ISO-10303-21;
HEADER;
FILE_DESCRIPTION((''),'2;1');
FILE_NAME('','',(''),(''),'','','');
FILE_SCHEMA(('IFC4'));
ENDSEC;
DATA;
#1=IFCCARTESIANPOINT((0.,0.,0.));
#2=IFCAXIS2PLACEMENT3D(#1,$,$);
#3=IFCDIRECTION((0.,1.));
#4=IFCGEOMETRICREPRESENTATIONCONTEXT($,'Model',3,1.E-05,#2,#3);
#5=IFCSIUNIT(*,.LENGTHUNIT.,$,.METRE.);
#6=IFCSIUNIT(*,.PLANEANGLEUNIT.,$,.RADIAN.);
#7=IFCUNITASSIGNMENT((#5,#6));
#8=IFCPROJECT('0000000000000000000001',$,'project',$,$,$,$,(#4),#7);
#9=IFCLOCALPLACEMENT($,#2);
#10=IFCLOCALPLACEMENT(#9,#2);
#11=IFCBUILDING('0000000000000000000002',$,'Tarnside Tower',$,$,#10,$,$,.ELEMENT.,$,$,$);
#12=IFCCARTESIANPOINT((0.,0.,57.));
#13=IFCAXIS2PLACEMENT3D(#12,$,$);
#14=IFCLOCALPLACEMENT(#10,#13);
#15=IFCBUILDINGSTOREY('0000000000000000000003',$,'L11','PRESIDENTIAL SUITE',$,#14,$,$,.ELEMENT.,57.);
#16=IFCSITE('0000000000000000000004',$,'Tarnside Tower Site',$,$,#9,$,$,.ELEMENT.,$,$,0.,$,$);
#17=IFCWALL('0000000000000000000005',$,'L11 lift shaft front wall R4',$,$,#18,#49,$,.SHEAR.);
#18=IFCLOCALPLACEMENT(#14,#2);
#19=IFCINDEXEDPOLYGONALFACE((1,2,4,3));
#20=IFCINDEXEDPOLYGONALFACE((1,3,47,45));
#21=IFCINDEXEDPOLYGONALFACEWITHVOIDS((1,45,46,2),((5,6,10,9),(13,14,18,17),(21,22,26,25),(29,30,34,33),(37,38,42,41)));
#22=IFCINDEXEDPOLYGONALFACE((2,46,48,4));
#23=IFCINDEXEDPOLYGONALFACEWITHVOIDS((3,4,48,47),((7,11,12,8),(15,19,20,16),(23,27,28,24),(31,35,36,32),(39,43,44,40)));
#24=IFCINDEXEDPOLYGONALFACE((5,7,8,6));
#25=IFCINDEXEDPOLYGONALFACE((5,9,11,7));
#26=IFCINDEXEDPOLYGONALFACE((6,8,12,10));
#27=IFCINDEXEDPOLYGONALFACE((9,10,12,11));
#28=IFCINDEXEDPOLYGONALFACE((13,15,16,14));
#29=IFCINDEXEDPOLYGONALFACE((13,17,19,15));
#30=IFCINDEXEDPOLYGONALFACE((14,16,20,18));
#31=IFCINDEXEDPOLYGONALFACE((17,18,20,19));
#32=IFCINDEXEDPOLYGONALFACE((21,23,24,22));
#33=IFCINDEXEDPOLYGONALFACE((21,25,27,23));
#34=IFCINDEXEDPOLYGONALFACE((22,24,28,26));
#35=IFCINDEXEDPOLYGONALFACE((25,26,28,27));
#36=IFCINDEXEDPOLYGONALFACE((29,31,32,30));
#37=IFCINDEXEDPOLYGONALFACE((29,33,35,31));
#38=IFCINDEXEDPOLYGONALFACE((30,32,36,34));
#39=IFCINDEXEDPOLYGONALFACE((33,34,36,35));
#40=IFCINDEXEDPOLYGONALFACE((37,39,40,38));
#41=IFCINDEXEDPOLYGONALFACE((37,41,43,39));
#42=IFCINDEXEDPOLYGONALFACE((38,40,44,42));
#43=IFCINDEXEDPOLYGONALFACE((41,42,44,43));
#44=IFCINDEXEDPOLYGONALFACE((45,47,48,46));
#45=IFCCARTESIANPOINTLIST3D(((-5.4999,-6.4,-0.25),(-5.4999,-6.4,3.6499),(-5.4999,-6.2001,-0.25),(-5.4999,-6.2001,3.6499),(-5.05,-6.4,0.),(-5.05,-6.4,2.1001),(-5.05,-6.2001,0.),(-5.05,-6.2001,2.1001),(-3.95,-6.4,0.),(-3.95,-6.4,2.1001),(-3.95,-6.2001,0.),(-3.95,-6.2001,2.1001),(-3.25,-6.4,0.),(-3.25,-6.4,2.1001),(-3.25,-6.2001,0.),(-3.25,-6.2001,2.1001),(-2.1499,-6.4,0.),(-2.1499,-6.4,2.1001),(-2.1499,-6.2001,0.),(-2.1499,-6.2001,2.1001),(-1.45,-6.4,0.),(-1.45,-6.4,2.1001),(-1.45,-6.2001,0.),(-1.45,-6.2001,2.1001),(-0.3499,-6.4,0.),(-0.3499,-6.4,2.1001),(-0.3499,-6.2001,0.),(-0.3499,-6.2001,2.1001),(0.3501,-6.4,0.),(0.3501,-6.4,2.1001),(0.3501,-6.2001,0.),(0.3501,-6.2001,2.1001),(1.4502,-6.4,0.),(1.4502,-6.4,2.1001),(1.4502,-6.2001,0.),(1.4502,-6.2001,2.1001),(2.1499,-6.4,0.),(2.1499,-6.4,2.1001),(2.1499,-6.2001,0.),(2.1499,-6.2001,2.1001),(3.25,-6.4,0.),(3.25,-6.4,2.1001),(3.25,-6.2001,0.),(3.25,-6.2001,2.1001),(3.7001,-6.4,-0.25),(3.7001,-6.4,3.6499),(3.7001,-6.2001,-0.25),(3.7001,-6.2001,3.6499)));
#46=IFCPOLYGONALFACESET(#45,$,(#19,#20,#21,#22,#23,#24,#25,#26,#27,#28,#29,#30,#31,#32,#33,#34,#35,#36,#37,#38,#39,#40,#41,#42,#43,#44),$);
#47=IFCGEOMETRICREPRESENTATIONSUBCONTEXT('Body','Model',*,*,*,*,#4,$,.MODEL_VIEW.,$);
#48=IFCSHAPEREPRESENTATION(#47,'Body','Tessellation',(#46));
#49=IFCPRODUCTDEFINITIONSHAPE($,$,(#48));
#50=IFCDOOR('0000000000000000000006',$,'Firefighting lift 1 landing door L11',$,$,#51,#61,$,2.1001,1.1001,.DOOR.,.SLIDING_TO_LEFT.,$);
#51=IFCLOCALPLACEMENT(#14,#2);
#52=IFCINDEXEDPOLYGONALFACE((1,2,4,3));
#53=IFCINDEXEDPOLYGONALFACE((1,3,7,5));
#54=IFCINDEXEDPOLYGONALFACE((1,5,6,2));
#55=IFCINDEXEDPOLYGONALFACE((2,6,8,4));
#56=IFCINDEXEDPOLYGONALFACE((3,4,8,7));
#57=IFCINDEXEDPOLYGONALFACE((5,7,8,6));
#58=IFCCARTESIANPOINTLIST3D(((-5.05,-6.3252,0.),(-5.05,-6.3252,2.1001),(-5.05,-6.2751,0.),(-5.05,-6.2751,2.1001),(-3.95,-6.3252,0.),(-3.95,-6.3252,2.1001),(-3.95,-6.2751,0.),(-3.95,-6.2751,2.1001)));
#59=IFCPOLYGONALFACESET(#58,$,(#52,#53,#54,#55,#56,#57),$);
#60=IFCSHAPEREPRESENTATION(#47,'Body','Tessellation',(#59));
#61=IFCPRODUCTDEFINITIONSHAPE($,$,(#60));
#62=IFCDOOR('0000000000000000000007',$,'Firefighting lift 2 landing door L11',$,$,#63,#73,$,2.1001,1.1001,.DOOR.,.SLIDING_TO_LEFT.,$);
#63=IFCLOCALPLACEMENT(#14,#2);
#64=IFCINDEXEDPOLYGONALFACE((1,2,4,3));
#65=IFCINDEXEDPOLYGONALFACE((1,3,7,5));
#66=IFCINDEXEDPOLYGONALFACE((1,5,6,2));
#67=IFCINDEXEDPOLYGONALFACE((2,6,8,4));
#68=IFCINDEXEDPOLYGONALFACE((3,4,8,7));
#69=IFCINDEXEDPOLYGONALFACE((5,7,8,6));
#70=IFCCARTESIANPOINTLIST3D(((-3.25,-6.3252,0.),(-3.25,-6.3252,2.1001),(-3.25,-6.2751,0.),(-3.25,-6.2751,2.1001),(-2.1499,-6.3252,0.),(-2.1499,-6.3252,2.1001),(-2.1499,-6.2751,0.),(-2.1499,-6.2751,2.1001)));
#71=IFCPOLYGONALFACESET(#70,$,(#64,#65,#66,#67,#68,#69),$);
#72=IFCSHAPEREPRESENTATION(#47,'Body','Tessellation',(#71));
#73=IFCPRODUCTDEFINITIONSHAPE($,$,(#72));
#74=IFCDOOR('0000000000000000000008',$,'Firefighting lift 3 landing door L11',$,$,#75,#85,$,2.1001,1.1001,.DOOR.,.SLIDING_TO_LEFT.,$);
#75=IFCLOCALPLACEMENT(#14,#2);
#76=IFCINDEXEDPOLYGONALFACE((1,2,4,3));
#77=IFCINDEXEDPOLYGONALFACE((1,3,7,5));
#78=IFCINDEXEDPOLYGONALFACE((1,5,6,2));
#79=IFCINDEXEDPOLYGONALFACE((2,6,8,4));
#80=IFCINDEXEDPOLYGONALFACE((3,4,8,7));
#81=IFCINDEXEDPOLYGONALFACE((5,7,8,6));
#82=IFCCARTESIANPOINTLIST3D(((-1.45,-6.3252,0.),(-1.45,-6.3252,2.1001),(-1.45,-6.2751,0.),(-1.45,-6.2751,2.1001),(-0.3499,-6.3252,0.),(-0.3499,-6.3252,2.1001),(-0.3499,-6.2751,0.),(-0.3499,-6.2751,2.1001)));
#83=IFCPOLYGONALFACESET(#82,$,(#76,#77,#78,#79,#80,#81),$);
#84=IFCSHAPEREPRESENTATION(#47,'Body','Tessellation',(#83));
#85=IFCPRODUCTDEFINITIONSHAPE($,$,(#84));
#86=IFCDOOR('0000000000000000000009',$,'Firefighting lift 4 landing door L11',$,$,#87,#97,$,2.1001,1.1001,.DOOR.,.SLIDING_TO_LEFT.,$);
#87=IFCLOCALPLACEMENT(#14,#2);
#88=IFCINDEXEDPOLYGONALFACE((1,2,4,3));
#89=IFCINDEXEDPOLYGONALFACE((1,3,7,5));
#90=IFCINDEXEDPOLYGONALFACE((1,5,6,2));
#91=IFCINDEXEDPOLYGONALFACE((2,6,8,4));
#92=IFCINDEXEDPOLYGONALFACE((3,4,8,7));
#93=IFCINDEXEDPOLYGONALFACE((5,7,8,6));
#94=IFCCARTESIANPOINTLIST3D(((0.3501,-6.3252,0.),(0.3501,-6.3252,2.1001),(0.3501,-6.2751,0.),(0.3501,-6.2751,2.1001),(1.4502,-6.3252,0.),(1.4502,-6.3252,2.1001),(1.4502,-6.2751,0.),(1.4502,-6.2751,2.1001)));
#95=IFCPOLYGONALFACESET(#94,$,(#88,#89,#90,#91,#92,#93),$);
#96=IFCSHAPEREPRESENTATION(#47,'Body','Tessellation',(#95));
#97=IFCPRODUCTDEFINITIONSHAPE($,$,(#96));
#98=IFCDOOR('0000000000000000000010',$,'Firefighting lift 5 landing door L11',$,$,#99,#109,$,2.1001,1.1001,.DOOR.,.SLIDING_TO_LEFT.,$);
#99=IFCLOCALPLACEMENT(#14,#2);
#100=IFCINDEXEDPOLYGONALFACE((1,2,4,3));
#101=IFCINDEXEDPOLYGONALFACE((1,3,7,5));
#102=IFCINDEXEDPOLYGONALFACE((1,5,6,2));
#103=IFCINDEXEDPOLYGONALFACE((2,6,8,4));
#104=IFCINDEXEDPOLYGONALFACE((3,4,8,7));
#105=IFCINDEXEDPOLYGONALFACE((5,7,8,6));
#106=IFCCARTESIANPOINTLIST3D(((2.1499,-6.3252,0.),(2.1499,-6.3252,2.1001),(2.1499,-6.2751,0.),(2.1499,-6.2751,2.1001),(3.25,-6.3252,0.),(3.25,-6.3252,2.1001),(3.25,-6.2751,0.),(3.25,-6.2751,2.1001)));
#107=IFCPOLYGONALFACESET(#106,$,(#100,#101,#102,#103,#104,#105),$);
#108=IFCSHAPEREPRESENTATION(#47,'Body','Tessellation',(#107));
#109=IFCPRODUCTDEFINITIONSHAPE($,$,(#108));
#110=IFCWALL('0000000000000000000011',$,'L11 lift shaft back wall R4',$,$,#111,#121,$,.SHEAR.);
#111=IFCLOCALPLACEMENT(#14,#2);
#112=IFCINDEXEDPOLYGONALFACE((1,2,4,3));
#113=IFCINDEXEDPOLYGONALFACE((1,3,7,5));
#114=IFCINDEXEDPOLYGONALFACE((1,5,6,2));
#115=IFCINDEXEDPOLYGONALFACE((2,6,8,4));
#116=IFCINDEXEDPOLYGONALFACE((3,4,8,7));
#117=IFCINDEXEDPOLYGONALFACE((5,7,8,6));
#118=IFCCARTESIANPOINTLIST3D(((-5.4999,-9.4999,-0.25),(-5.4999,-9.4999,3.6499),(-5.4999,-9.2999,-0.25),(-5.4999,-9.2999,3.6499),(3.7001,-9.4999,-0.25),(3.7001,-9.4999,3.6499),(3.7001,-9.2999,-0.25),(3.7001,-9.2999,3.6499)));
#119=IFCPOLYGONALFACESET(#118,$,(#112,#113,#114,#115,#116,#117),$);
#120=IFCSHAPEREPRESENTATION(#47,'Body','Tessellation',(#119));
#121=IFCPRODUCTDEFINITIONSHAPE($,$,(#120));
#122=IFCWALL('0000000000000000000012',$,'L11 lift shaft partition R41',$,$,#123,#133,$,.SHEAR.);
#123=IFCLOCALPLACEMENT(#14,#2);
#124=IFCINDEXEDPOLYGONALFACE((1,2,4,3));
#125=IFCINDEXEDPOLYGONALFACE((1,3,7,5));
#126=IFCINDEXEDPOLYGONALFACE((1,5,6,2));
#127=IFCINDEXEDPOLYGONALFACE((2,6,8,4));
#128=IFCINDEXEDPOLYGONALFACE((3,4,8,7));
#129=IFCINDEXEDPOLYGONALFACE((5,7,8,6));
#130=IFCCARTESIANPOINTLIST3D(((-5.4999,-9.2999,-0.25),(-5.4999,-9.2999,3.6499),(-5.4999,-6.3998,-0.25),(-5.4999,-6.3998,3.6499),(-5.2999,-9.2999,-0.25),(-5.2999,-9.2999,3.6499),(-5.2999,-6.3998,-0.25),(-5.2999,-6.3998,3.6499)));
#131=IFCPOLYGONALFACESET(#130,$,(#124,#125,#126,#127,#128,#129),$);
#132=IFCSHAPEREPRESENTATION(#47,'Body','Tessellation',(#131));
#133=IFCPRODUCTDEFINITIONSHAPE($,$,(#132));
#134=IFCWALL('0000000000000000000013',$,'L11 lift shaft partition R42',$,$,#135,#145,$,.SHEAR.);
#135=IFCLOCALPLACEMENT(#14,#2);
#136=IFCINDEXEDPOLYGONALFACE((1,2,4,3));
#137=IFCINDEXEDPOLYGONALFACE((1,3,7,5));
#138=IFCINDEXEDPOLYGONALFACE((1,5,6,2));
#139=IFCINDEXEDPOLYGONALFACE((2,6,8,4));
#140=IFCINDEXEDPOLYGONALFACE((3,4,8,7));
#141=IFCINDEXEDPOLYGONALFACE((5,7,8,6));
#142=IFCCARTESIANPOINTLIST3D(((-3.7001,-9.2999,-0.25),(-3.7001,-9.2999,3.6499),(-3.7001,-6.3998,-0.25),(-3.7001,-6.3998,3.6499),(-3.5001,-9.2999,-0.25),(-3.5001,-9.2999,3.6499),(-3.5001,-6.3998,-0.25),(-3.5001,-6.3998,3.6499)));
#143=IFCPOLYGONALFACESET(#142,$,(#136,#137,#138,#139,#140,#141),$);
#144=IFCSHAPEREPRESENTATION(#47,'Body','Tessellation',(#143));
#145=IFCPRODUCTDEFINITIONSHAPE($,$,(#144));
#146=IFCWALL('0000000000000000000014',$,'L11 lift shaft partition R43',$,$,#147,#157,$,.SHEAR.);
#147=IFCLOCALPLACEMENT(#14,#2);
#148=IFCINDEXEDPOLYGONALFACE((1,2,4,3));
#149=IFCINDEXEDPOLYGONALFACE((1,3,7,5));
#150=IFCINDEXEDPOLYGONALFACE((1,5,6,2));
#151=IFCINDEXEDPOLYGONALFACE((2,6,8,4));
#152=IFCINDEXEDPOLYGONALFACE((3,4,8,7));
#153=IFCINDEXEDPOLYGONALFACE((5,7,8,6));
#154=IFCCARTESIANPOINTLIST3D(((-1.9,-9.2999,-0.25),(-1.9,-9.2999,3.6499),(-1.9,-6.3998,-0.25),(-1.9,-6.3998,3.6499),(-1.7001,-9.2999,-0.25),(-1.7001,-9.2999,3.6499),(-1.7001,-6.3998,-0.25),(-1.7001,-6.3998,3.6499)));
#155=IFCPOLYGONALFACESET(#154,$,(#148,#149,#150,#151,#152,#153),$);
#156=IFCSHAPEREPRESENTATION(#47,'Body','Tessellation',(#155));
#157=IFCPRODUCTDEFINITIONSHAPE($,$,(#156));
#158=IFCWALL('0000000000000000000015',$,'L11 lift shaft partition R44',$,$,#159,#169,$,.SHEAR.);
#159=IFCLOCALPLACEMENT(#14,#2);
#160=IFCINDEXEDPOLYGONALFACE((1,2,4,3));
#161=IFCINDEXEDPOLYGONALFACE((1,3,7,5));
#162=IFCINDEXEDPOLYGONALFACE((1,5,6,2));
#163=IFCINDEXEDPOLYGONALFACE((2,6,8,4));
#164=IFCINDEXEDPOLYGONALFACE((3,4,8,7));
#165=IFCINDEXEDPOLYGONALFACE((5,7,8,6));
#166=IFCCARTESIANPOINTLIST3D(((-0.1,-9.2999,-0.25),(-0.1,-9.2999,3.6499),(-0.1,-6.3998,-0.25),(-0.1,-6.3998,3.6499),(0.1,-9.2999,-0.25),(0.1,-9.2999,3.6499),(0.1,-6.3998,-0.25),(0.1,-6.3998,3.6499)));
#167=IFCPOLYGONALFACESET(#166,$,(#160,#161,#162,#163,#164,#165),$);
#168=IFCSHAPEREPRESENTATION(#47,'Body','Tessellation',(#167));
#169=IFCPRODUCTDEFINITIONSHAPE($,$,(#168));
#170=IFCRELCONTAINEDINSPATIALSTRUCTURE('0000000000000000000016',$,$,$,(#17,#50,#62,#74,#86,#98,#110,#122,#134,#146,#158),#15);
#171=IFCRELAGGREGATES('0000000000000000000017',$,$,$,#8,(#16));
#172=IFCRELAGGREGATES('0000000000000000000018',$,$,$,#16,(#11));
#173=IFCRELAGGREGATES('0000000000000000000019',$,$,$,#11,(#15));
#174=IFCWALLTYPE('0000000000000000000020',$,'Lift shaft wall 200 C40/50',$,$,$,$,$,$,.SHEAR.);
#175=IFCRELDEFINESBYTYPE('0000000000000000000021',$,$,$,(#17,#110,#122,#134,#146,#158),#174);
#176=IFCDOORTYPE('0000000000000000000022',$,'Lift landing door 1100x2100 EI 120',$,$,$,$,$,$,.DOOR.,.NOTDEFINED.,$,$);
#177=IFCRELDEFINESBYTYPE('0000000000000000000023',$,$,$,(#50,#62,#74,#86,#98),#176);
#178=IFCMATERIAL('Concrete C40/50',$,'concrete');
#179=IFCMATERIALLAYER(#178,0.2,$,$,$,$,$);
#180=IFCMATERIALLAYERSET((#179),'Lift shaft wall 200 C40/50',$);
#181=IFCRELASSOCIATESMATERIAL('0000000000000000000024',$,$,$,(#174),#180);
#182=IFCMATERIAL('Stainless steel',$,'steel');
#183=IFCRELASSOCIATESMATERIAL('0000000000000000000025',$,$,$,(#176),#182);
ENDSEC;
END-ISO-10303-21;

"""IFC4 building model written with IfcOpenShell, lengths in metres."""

from ifc_helpers import new_model, si_unit, direction, frame, frame_2d, origin, place, context, subcontext, project, spatial, rectangle, extrude, material, layer, layer_set, type_object, element, fill, save


model = new_model("IFC4")

# Units and contexts
model_context = context("Model", 3, precision=1e-05, world=origin(), true_north=direction((0.0, 1.0)))
body_context = subcontext(model_context, "Body", "Model", "MODEL_VIEW")
ifc_project = project(units=[si_unit("LENGTHUNIT", "METRE"), si_unit("PLANEANGLEUNIT", "RADIAN")], contexts=[model_context])

# Site, building, storey
site_placement = place(None, origin())
site = spatial("IfcSite", under=ifc_project, at=site_placement, Name="Tarnside Tower Site", CompositionType="ELEMENT", RefElevation=0.0)
building_placement = place(site_placement, origin())
building = spatial("IfcBuilding", under=site, at=building_placement, Name="Tarnside Tower", CompositionType="ELEMENT")
storey_placement = place(building_placement, frame((0.0, 0.0, 57.0)))
storey = spatial("IfcBuildingStorey", under=building, at=storey_placement, Name="L11", Description="PRESIDENTIAL SUITE", CompositionType="ELEMENT", Elevation=57.0)

# Shared definitions
ifc_material_1 = material(Name="Concrete C40/50", Category="concrete")

# Wall, openings, doors
ifc_layer_1 = layer(ifc_material_1, 0.2)
ifc_layer_set_1 = layer_set([ifc_layer_1], Name="Lift shaft wall 200 C40/50")
wall_type_1 = type_object("IfcWallType", Name="Lift shaft wall 200 C40/50", PredefinedType="SHEAR", material=ifc_layer_set_1)
wall_1_placement = place(storey_placement, frame((-5.5, -6.3, -0.25), z_axis=(0.0, 0.0, 1.0), x_axis=(1.0, 0.0, 0.0)))
wall_1 = element("IfcWall", 1, at=wall_1_placement, inside=storey, type_object=wall_type_1, Name="L11 lift shaft front wall R4", PredefinedType="SHEAR", context=body_context, shape_type="SweptSolid", body=[
    extrude(rectangle(XDim=9.2, YDim=0.2, at=frame_2d((4.6001, 0.0))), origin(), (0.0, 0.0, 1.0), 3.8999),
])
opening_1_placement = place(wall_1_placement, frame((0.45, 0.0, 0.25)))
opening_1 = element("IfcOpeningElement", 2, at=opening_1_placement, cuts=wall_1, PredefinedType="OPENING", context=body_context, shape_type="SweptSolid", body=[
    extrude(rectangle(XDim=1.1001, YDim=2.1001, at=frame_2d((0.55, 1.05))), frame((0.0, 0.1099, 0.0), z_axis=(0.0, -1.0, 0.0), x_axis=(1.0, 0.0, 0.0)), (0.0, 0.0, 1.0), 0.22),
])
opening_2_placement = place(wall_1_placement, frame((2.25, 0.0, 0.25)))
opening_2 = element("IfcOpeningElement", 3, at=opening_2_placement, cuts=wall_1, PredefinedType="OPENING", context=body_context, shape_type="SweptSolid", body=[
    extrude(rectangle(XDim=1.1001, YDim=2.1001, at=frame_2d((0.55, 1.05))), frame((0.0, 0.1099, 0.0), z_axis=(0.0, -1.0, 0.0), x_axis=(1.0, 0.0, 0.0)), (0.0, 0.0, 1.0), 0.22),
])
opening_3_placement = place(wall_1_placement, frame((4.05, 0.0, 0.25)))
opening_3 = element("IfcOpeningElement", 4, at=opening_3_placement, cuts=wall_1, PredefinedType="OPENING", context=body_context, shape_type="SweptSolid", body=[
    extrude(rectangle(XDim=1.1001, YDim=2.1001, at=frame_2d((0.55, 1.05))), frame((0.0, 0.1099, 0.0), z_axis=(0.0, -1.0, 0.0), x_axis=(1.0, 0.0, 0.0)), (0.0, 0.0, 1.0), 0.22),
])
opening_4_placement = place(wall_1_placement, frame((5.8501, 0.0, 0.25)))
opening_4 = element("IfcOpeningElement", 5, at=opening_4_placement, cuts=wall_1, PredefinedType="OPENING", context=body_context, shape_type="SweptSolid", body=[
    extrude(rectangle(XDim=1.1001, YDim=2.1001, at=frame_2d((0.55, 1.05))), frame((0.0, 0.1099, 0.0), z_axis=(0.0, -1.0, 0.0), x_axis=(1.0, 0.0, 0.0)), (0.0, 0.0, 1.0), 0.22),
])
opening_5_placement = place(wall_1_placement, frame((7.6499, 0.0, 0.25)))
opening_5 = element("IfcOpeningElement", 6, at=opening_5_placement, cuts=wall_1, PredefinedType="OPENING", context=body_context, shape_type="SweptSolid", body=[
    extrude(rectangle(XDim=1.1001, YDim=2.1001, at=frame_2d((0.55, 1.05))), frame((0.0, 0.1099, 0.0), z_axis=(0.0, -1.0, 0.0), x_axis=(1.0, 0.0, 0.0)), (0.0, 0.0, 1.0), 0.22),
])
ifc_material_2 = material(Name="Stainless steel", Category="steel")
door_type_1 = type_object("IfcDoorType", Name="Lift landing door 1100x2100 EI 120", OperationType="NOTDEFINED", PredefinedType="DOOR", material=ifc_material_2)
door_1_placement = place(opening_1_placement, origin())
door_1 = element("IfcDoor", 7, at=door_1_placement, inside=storey, type_object=door_type_1, Name="Firefighting lift 1 landing door L11", OperationType="SLIDING_TO_LEFT", OverallHeight=2.1001, OverallWidth=1.1001, PredefinedType="DOOR", context=body_context, shape_type="SweptSolid", body=[
    extrude(rectangle(XDim=1.1001, YDim=2.1001, at=frame_2d((0.55, 1.05))), frame((0.0, 0.0249, 0.0), z_axis=(0.0, -1.0, 0.0), x_axis=(1.0, 0.0, 0.0)), (0.0, 0.0, 1.0), 0.05),
])
fill(opening_1, door_1)
door_2_placement = place(opening_2_placement, origin())
door_2 = element("IfcDoor", 8, at=door_2_placement, inside=storey, type_object=door_type_1, Name="Firefighting lift 2 landing door L11", OperationType="SLIDING_TO_LEFT", OverallHeight=2.1001, OverallWidth=1.1001, PredefinedType="DOOR", context=body_context, shape_type="SweptSolid", body=[
    extrude(rectangle(XDim=1.1001, YDim=2.1001, at=frame_2d((0.55, 1.05))), frame((0.0, 0.0249, 0.0), z_axis=(0.0, -1.0, 0.0), x_axis=(1.0, 0.0, 0.0)), (0.0, 0.0, 1.0), 0.05),
])
fill(opening_2, door_2)
door_3_placement = place(opening_3_placement, origin())
door_3 = element("IfcDoor", 9, at=door_3_placement, inside=storey, type_object=door_type_1, Name="Firefighting lift 3 landing door L11", OperationType="SLIDING_TO_LEFT", OverallHeight=2.1001, OverallWidth=1.1001, PredefinedType="DOOR", context=body_context, shape_type="SweptSolid", body=[
    extrude(rectangle(XDim=1.1001, YDim=2.1001, at=frame_2d((0.55, 1.05))), frame((0.0, 0.0249, 0.0), z_axis=(0.0, -1.0, 0.0), x_axis=(1.0, 0.0, 0.0)), (0.0, 0.0, 1.0), 0.05),
])
fill(opening_3, door_3)
door_4_placement = place(opening_4_placement, origin())
door_4 = element("IfcDoor", 10, at=door_4_placement, inside=storey, type_object=door_type_1, Name="Firefighting lift 4 landing door L11", OperationType="SLIDING_TO_LEFT", OverallHeight=2.1001, OverallWidth=1.1001, PredefinedType="DOOR", context=body_context, shape_type="SweptSolid", body=[
    extrude(rectangle(XDim=1.1001, YDim=2.1001, at=frame_2d((0.55, 1.05))), frame((0.0, 0.0249, 0.0), z_axis=(0.0, -1.0, 0.0), x_axis=(1.0, 0.0, 0.0)), (0.0, 0.0, 1.0), 0.05),
])
fill(opening_4, door_4)
door_5_placement = place(opening_5_placement, origin())
door_5 = element("IfcDoor", 11, at=door_5_placement, inside=storey, type_object=door_type_1, Name="Firefighting lift 5 landing door L11", OperationType="SLIDING_TO_LEFT", OverallHeight=2.1001, OverallWidth=1.1001, PredefinedType="DOOR", context=body_context, shape_type="SweptSolid", body=[
    extrude(rectangle(XDim=1.1001, YDim=2.1001, at=frame_2d((0.55, 1.05))), frame((0.0, 0.0249, 0.0), z_axis=(0.0, -1.0, 0.0), x_axis=(1.0, 0.0, 0.0)), (0.0, 0.0, 1.0), 0.05),
])
fill(opening_5, door_5)

# Walls
wall_2_placement = place(storey_placement, frame((-5.5, -9.3999, -0.25), z_axis=(0.0, 0.0, 1.0), x_axis=(1.0, 0.0, 0.0)))
element("IfcWall", 12, at=wall_2_placement, inside=storey, type_object=wall_type_1, Name="L11 lift shaft back wall R4", PredefinedType="SHEAR", context=body_context, shape_type="SweptSolid", body=[
    extrude(rectangle(XDim=9.2, YDim=0.2, at=frame_2d((4.6001, 0.0))), origin(), (0.0, 0.0, 1.0), 3.8999),
])
for number, where, z_axis, x_axis, name in (
    (13, (-5.3999, -9.3, -0.25), (0.0, 0.0, 1.0), (0.0, 1.0, 0.0), "L11 lift shaft partition R41"),
    (14, (-3.6001, -9.3, -0.25), (0.0, 0.0, 1.0), (0.0, 1.0, 0.0), "L11 lift shaft partition R42"),
    (15, (-1.8, -9.3, -0.25), (0.0, 0.0, 1.0), (0.0, 1.0, 0.0), "L11 lift shaft partition R43"),
    (16, (0.0, -9.3, -0.25), (0.0, 0.0, 1.0), (0.0, 1.0, 0.0), "L11 lift shaft partition R44"),
):
    element("IfcWall", number, at=place(storey_placement, frame(where, z_axis=z_axis, x_axis=x_axis)), inside=storey, type_object=wall_type_1, Name=name, PredefinedType="SHEAR", context=body_context, shape_type="SweptSolid", body=[
        extrude(rectangle(XDim=2.9001, YDim=0.2, at=frame_2d((1.4502, 0.0))), origin(), (0.0, 0.0, 1.0), 3.8999),
    ])

save(model, "model.ifc")
